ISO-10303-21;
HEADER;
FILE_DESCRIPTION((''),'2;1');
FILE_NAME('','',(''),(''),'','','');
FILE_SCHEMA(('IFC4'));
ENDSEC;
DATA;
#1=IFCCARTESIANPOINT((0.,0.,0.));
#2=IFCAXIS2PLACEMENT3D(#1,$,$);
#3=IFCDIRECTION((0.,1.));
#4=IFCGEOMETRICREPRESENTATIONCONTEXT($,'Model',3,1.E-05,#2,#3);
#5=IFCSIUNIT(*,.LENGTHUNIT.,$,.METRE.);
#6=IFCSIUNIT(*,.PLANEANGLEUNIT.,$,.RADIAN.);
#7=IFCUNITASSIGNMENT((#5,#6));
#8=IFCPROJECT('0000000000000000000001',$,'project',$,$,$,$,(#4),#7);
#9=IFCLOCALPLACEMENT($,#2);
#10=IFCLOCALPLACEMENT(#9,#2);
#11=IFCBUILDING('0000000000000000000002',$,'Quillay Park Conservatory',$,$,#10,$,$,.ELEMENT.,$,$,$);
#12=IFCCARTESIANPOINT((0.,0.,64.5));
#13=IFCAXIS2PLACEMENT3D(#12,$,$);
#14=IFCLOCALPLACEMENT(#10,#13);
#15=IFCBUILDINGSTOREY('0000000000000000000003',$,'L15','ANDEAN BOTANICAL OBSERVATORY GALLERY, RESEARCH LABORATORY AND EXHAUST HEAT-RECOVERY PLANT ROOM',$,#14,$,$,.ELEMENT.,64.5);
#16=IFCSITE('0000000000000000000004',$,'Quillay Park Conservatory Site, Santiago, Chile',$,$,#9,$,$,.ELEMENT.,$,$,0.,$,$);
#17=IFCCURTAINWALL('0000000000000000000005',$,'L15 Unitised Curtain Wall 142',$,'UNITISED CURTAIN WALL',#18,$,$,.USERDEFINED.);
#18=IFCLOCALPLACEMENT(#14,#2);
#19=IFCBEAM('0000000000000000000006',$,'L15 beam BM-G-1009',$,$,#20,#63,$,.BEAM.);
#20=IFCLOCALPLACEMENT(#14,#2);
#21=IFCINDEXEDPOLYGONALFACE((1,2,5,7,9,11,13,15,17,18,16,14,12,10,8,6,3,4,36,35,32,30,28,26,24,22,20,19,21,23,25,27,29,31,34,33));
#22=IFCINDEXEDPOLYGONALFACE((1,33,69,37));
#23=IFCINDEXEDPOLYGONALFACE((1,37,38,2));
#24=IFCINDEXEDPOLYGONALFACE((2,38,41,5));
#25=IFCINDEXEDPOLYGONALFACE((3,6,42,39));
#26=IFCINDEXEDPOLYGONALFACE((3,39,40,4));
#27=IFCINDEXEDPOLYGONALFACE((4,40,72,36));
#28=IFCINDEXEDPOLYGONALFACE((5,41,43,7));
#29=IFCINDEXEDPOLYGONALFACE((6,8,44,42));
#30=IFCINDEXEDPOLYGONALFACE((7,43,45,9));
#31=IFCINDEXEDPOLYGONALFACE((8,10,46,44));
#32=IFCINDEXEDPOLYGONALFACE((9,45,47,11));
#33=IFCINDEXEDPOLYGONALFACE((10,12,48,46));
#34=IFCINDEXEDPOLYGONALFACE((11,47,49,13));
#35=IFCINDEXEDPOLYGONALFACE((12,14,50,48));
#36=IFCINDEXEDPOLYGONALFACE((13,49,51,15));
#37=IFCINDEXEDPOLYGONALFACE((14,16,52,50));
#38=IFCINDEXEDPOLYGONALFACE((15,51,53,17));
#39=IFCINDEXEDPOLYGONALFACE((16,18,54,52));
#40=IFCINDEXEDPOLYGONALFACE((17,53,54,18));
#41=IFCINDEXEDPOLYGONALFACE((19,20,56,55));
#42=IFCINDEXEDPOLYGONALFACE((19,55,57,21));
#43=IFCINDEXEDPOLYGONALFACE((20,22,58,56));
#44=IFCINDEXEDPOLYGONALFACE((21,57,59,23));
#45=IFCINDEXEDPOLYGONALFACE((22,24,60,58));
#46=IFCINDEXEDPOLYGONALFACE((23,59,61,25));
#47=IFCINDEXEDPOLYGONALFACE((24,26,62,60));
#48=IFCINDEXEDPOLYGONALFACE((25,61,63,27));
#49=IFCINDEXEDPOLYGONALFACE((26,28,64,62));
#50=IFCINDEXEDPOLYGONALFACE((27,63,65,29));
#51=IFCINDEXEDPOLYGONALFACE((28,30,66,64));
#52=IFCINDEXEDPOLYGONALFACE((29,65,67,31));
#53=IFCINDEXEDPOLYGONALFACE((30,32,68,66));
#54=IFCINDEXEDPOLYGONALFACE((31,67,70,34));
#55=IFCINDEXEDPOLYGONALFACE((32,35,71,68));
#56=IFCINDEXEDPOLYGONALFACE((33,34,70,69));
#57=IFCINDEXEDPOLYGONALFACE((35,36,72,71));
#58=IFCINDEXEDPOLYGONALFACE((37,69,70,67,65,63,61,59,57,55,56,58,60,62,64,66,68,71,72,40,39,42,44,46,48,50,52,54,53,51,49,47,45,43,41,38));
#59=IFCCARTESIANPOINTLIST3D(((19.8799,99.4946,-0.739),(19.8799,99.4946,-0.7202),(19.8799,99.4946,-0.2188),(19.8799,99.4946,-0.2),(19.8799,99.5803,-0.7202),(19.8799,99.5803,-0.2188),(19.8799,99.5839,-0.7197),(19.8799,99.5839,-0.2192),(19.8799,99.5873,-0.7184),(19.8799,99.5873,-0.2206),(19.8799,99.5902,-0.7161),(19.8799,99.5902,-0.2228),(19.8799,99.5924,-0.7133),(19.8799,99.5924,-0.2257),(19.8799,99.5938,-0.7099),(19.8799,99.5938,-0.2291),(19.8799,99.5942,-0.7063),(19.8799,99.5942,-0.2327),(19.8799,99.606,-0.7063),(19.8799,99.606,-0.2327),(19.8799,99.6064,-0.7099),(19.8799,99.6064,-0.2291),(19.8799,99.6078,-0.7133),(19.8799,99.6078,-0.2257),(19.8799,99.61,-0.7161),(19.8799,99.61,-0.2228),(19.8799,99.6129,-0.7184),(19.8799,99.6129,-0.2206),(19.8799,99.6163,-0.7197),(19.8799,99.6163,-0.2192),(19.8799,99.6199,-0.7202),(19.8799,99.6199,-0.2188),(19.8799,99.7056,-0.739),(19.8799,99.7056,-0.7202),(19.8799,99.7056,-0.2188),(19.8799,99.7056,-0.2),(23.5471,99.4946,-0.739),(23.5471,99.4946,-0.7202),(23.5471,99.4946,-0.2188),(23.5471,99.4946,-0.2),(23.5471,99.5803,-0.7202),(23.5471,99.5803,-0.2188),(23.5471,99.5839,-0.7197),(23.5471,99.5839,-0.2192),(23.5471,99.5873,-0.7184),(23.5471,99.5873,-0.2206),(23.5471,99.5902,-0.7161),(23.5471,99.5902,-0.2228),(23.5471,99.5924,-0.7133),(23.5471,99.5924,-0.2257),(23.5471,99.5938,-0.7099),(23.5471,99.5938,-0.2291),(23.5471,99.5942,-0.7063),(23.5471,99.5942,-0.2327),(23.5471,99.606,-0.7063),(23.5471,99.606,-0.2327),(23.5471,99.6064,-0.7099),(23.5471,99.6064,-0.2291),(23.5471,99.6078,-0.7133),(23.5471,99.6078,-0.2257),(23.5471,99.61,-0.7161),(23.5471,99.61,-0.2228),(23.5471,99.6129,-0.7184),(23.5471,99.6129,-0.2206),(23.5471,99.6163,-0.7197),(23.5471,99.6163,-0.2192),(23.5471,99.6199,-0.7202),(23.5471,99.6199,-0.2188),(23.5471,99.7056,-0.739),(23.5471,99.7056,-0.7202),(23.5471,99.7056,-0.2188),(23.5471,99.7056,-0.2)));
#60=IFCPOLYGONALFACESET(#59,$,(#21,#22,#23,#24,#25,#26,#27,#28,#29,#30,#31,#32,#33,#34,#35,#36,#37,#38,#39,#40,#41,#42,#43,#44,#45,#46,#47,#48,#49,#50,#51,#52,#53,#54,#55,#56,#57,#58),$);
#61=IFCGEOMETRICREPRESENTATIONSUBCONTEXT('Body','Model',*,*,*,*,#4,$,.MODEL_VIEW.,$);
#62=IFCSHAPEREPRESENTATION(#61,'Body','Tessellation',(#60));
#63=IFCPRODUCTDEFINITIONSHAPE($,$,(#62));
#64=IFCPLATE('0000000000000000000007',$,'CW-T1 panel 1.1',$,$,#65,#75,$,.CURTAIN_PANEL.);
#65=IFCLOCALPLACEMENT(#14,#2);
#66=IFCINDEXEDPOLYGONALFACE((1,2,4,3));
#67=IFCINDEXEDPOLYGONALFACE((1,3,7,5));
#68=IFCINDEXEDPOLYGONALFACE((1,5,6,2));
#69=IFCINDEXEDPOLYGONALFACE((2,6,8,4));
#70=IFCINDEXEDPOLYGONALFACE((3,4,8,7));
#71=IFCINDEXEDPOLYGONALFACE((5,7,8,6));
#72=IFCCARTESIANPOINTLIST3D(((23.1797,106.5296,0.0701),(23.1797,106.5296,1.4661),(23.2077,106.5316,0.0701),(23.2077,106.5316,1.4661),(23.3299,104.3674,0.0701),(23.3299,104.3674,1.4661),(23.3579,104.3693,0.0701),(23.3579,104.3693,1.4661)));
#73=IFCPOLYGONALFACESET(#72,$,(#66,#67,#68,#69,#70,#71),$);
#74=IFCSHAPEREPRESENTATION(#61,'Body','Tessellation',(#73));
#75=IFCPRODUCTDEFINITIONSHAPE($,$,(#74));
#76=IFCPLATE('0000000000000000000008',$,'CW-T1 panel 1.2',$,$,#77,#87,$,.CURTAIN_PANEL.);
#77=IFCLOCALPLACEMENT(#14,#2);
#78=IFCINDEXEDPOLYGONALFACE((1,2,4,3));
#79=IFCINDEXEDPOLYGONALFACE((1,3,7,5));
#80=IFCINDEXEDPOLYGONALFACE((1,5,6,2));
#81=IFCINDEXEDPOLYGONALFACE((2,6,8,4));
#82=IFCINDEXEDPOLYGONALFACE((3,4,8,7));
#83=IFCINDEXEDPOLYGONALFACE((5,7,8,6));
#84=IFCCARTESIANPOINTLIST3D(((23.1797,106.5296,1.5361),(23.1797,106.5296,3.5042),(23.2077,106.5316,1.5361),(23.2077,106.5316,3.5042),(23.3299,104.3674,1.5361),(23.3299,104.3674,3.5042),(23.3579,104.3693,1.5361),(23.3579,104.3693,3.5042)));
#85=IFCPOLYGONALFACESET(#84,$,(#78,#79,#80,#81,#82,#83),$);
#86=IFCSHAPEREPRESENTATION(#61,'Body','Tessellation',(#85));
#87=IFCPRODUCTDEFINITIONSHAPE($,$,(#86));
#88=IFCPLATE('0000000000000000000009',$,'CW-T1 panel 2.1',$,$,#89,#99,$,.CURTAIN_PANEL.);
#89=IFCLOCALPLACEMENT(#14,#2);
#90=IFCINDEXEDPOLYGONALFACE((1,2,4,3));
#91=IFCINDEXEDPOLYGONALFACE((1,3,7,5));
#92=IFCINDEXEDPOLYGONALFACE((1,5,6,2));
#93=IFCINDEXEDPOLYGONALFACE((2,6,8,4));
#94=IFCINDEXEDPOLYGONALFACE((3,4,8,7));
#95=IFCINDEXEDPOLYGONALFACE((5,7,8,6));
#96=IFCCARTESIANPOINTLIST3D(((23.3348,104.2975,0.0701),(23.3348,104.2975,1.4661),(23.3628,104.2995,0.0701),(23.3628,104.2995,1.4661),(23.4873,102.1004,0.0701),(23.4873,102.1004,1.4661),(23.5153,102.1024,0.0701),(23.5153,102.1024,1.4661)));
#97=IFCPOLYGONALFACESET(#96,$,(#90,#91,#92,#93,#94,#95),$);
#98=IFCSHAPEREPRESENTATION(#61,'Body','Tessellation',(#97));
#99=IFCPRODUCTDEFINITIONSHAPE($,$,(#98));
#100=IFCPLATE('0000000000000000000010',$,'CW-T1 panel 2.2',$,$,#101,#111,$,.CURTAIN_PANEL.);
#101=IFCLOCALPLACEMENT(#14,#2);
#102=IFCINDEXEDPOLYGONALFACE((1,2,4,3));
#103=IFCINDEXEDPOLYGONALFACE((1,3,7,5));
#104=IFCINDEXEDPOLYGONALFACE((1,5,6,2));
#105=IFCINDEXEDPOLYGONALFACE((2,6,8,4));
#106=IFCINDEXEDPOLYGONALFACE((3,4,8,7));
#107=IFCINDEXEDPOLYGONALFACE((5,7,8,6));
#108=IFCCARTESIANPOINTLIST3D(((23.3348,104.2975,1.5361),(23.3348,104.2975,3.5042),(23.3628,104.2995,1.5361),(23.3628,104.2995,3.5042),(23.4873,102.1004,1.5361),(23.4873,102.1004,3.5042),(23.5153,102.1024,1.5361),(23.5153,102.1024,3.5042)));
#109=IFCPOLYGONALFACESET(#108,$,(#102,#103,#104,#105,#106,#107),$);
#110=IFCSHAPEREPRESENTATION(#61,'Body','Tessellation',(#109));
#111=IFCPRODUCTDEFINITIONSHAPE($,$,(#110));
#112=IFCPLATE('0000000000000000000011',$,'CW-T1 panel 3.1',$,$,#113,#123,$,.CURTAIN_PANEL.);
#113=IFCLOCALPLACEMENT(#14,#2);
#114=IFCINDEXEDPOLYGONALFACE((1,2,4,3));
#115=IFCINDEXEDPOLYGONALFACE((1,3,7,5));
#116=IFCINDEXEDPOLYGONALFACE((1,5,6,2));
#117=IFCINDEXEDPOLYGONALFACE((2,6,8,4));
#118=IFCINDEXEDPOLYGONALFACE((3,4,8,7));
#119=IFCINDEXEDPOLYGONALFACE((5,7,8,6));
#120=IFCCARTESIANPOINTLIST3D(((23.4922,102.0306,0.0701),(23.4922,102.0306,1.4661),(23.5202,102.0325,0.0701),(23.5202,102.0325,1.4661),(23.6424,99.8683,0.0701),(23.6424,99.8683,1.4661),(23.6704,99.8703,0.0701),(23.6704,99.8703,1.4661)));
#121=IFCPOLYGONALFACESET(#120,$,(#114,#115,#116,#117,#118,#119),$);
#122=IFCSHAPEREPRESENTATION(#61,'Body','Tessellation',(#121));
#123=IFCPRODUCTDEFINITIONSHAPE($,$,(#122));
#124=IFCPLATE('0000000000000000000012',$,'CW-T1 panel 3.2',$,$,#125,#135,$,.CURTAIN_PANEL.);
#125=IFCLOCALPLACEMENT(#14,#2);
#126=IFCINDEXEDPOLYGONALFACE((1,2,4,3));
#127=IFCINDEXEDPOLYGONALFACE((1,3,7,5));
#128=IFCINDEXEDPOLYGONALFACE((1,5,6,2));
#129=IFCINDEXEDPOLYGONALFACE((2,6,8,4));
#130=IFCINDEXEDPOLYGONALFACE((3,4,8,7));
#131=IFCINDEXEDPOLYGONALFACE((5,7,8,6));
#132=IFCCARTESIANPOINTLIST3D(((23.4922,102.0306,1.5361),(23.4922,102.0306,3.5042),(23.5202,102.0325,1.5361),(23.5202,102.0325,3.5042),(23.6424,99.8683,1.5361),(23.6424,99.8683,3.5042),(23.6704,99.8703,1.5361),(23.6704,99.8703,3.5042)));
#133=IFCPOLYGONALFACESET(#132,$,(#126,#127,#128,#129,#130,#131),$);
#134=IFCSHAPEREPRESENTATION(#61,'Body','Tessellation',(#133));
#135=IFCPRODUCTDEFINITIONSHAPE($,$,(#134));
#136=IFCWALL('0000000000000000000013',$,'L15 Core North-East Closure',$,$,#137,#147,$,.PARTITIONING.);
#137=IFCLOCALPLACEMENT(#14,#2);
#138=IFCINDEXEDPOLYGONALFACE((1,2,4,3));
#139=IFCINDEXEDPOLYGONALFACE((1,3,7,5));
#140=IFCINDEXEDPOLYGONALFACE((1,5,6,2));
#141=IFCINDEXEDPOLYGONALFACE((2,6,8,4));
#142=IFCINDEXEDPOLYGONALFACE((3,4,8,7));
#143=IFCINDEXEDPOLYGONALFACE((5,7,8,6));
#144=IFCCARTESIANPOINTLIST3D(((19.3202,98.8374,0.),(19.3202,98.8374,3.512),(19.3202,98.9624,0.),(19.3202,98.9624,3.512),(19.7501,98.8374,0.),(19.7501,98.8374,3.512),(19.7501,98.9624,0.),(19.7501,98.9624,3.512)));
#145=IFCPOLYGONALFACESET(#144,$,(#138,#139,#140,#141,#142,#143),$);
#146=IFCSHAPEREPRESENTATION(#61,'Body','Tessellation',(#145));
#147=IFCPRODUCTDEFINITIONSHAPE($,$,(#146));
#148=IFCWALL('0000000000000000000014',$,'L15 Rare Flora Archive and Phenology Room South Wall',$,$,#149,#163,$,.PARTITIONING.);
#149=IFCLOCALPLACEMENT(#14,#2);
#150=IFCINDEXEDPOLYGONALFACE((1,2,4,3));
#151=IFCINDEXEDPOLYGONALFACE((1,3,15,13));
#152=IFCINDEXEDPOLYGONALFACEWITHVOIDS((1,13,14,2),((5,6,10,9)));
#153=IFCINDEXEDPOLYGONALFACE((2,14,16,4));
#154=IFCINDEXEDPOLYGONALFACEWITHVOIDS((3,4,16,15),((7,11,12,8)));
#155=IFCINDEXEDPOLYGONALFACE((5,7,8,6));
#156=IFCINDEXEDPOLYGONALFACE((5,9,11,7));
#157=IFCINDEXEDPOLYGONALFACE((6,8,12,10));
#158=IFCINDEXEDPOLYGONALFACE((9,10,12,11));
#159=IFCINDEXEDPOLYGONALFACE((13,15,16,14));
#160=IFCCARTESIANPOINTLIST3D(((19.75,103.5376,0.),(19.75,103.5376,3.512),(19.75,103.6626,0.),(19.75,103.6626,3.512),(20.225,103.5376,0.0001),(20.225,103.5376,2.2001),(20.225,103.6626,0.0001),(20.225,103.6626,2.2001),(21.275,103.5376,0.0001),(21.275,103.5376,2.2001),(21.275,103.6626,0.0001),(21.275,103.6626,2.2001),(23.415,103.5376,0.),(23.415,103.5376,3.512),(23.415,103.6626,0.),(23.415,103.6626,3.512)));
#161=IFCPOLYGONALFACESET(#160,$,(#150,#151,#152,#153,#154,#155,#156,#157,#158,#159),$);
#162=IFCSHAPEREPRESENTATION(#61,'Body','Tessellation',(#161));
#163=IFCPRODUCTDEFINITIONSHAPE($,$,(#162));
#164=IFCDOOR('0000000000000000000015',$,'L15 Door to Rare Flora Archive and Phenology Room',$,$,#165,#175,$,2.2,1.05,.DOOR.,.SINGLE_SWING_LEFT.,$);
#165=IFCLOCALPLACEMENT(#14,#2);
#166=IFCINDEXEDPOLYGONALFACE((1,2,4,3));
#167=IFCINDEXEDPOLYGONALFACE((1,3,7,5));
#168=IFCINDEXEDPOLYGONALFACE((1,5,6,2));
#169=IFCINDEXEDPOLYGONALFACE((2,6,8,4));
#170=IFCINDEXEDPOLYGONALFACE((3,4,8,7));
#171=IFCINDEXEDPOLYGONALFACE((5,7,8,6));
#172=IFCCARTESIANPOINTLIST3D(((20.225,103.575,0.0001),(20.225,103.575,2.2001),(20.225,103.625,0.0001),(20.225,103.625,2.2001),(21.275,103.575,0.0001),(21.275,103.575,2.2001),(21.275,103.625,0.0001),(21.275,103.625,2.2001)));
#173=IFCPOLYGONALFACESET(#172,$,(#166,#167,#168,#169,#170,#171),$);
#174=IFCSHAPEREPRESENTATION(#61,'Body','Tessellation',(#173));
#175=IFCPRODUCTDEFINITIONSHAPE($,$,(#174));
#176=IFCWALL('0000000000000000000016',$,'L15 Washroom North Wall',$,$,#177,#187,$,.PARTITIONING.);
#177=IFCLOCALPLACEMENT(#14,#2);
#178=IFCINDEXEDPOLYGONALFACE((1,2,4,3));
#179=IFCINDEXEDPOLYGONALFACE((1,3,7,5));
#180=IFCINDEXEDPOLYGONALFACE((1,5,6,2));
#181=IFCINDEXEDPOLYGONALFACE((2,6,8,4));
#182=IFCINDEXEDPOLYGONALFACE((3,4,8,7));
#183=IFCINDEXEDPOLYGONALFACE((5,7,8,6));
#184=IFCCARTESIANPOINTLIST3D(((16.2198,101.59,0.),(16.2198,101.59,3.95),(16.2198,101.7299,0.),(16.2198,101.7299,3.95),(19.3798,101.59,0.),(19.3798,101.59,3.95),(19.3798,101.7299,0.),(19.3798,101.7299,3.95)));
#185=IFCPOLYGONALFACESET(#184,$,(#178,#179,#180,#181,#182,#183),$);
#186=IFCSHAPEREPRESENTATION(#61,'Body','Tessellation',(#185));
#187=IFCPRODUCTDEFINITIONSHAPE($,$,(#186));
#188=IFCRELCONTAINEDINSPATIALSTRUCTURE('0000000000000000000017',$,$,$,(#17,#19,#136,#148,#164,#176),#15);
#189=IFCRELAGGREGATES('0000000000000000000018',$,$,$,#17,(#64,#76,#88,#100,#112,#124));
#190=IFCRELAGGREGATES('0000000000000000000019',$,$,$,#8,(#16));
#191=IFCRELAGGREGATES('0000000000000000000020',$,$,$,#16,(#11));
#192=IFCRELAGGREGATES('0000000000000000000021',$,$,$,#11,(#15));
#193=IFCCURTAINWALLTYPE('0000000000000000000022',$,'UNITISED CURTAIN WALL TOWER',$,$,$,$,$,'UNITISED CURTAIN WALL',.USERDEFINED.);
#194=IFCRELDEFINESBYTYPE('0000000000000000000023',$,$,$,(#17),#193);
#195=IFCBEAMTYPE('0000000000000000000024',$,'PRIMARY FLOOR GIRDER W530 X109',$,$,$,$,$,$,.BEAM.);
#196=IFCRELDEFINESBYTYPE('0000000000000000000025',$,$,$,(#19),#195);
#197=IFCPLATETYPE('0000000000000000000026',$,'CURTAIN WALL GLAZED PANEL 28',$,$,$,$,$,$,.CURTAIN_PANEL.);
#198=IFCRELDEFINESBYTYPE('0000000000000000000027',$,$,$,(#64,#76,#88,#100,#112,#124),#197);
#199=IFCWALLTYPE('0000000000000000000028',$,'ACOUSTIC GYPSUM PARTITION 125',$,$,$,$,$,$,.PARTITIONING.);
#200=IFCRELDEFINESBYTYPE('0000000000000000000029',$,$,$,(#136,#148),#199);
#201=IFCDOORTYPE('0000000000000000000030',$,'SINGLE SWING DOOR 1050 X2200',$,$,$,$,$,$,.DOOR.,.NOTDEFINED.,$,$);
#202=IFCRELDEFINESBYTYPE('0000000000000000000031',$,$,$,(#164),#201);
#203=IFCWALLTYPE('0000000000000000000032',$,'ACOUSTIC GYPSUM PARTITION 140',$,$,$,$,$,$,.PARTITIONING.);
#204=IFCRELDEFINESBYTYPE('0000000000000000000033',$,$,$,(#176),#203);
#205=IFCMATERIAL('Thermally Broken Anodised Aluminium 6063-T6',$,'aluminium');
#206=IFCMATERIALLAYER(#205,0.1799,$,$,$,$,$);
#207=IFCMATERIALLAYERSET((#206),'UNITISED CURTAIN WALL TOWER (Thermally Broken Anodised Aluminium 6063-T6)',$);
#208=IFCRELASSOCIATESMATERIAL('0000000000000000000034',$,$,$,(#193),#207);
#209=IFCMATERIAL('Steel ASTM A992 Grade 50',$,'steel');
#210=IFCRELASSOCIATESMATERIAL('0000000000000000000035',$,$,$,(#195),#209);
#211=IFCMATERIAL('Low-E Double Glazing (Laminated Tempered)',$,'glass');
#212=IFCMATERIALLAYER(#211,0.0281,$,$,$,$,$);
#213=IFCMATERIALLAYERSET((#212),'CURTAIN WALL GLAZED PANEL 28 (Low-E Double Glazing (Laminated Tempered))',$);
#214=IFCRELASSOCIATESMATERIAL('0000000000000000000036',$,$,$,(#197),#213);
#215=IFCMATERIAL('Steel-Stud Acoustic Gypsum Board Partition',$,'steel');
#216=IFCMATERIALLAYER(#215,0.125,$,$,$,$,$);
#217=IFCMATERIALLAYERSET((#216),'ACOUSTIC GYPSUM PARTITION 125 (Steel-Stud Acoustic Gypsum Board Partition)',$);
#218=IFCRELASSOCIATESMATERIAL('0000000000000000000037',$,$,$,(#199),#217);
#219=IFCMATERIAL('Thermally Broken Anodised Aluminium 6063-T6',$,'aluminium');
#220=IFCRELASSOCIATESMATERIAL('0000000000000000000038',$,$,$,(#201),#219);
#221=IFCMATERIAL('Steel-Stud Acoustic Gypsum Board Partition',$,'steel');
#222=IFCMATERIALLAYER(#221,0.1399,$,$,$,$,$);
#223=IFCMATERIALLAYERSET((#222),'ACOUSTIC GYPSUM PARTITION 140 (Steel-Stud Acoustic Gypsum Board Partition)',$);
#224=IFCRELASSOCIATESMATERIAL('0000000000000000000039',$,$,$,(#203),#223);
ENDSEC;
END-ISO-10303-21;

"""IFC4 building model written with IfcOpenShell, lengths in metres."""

from ifc_helpers import new_model, si_unit, direction, frame, frame_2d, origin, origin_2d, place, context, subcontext, project, spatial, rectangle, i_section, extrude, material, layer, layer_set, material_profile, profile_set, type_object, element, fill, aggregate, save


model = new_model("IFC4")

# Units and contexts
model_context = context("Model", 3, precision=1e-05, world=origin(), true_north=direction((0.0, 1.0)))
body_context = subcontext(model_context, "Body", "Model", "MODEL_VIEW")
ifc_project = project(units=[si_unit("LENGTHUNIT", "METRE"), si_unit("PLANEANGLEUNIT", "RADIAN")], contexts=[model_context])

# Site, building, storey
site_placement = place(None, origin())
site = spatial("IfcSite", under=ifc_project, at=site_placement, Name="Quillay Park Conservatory Site, Santiago, Chile", CompositionType="ELEMENT", RefElevation=0.0)
building_placement = place(site_placement, origin())
building = spatial("IfcBuilding", under=site, at=building_placement, Name="Quillay Park Conservatory", CompositionType="ELEMENT")
storey_placement = place(building_placement, frame((0.0, 0.0, 64.5)))
storey = spatial("IfcBuildingStorey", under=building, at=storey_placement, Name="L15", Description="ANDEAN BOTANICAL OBSERVATORY GALLERY, RESEARCH LABORATORY AND EXHAUST HEAT-RECOVERY PLANT ROOM", CompositionType="ELEMENT", Elevation=64.5)

# Shared definitions
ifc_material_1 = material(Name="Thermally Broken Anodised Aluminium 6063-T6", Category="aluminium")
ifc_layer_1 = layer(ifc_material_1, 0.1799)
ifc_layer_set_1 = layer_set([ifc_layer_1], Name="UNITISED CURTAIN WALL TOWER (Thermally Broken Anodised Aluminium 6063-T6)")
curtain_wall_type = type_object("IfcCurtainWallType", Name="UNITISED CURTAIN WALL TOWER", ElementType="UNITISED CURTAIN WALL", PredefinedType="USERDEFINED", material=ifc_layer_set_1)

# Curtain wall
curtain_wall_1_placement = place(storey_placement, origin())
curtain_wall_1 = element("IfcCurtainWall", 1, at=curtain_wall_1_placement, inside=storey, type_object=curtain_wall_type, Name="L15 Unitised Curtain Wall 142", ObjectType="UNITISED CURTAIN WALL", PredefinedType="USERDEFINED")

# Beam
ifc_material_2 = material(Name="Steel ASTM A992 Grade 50", Category="steel")
ifc_material_profile_1 = material_profile(ifc_material_2, i_section(OverallWidth=0.2109, OverallDepth=0.5391, WebThickness=0.0117, FlangeThickness=0.0188, FilletRadius=0.0139, at=origin_2d()), Name="W530x109")
ifc_profile_set_1 = profile_set([ifc_material_profile_1], Name="Steel ASTM A992 Grade 50")
beam_type_1 = type_object("IfcBeamType", Name="PRIMARY FLOOR GIRDER W530 X109", PredefinedType="BEAM", material=ifc_profile_set_1)
beam_1_placement = place(storey_placement, frame((19.8799, 99.6001, -0.4695), z_axis=(1.0, 0.0, 0.0), x_axis=(0.0, 1.0, 0.0)))
element("IfcBeam", 2, at=beam_1_placement, inside=storey, type_object=beam_type_1, Name="L15 beam BM-G-1009", PredefinedType="BEAM", context=body_context, shape_type="SweptSolid", body=[
    extrude(i_section(OverallWidth=0.2109, OverallDepth=0.5391, WebThickness=0.0117, FlangeThickness=0.0188, FilletRadius=0.0139, at=origin_2d()), origin(), (0.0, 0.0, 1.0), 3.6672),
])

# Plates
ifc_material_3 = material(Name="Low-E Double Glazing (Laminated Tempered)", Category="glass")
ifc_layer_2 = layer(ifc_material_3, 0.0281)
ifc_layer_set_2 = layer_set([ifc_layer_2], Name="CURTAIN WALL GLAZED PANEL 28 (Low-E Double Glazing (Laminated Tempered))")
plate_type = type_object("IfcPlateType", Name="CURTAIN WALL GLAZED PANEL 28", PredefinedType="CURTAIN_PANEL", material=ifc_layer_set_2)
plate_1_placement = place(storey_placement, frame((23.2688, 105.4495, 0.0701), z_axis=(0.0, 0.0, 1.0), x_axis=(0.069264, -0.997598, 0.0)))
plate_1 = element("IfcPlate", 3, at=plate_1_placement, type_object=plate_type, Name="CW-T1 panel 1.1", PredefinedType="CURTAIN_PANEL", context=body_context, shape_type="SweptSolid", body=[
    extrude(rectangle(XDim=2.1675, YDim=0.0281, at=origin_2d()), origin(), (0.0, 0.0, 1.0), 1.396),
])
plate_2_placement = place(storey_placement, frame((23.2688, 105.4495, 1.5361), z_axis=(0.0, 0.0, 1.0), x_axis=(0.069264, -0.997598, 0.0)))
plate_2 = element("IfcPlate", 4, at=plate_2_placement, type_object=plate_type, Name="CW-T1 panel 1.2", PredefinedType="CURTAIN_PANEL", context=body_context, shape_type="SweptSolid", body=[
    extrude(rectangle(XDim=2.1675, YDim=0.0281, at=origin_2d()), origin(), (0.0, 0.0, 1.0), 1.968),
])
plate_3_placement = place(storey_placement, frame((23.425, 103.2, 0.0701), z_axis=(0.0, 0.0, 1.0), x_axis=(0.069264, -0.997598, 0.0)))
plate_3 = element("IfcPlate", 5, at=plate_3_placement, type_object=plate_type, Name="CW-T1 panel 2.1", PredefinedType="CURTAIN_PANEL", context=body_context, shape_type="SweptSolid", body=[
    extrude(rectangle(XDim=2.2024, YDim=0.0281, at=origin_2d()), origin(), (0.0, 0.0, 1.0), 1.396),
])
plate_4_placement = place(storey_placement, frame((23.425, 103.2, 1.5361), z_axis=(0.0, 0.0, 1.0), x_axis=(0.069264, -0.997598, 0.0)))
plate_4 = element("IfcPlate", 6, at=plate_4_placement, type_object=plate_type, Name="CW-T1 panel 2.2", PredefinedType="CURTAIN_PANEL", context=body_context, shape_type="SweptSolid", body=[
    extrude(rectangle(XDim=2.2024, YDim=0.0281, at=origin_2d()), origin(), (0.0, 0.0, 1.0), 1.968),
])
plate_5_placement = place(storey_placement, frame((23.5813, 100.9504, 0.0701), z_axis=(0.0, 0.0, 1.0), x_axis=(0.069264, -0.997598, 0.0)))
plate_5 = element("IfcPlate", 7, at=plate_5_placement, type_object=plate_type, Name="CW-T1 panel 3.1", PredefinedType="CURTAIN_PANEL", context=body_context, shape_type="SweptSolid", body=[
    extrude(rectangle(XDim=2.1675, YDim=0.0281, at=origin_2d()), origin(), (0.0, 0.0, 1.0), 1.396),
])
plate_6_placement = place(storey_placement, frame((23.5813, 100.9504, 1.5361), z_axis=(0.0, 0.0, 1.0), x_axis=(0.069264, -0.997598, 0.0)))
plate_6 = element("IfcPlate", 8, at=plate_6_placement, type_object=plate_type, Name="CW-T1 panel 3.2", PredefinedType="CURTAIN_PANEL", context=body_context, shape_type="SweptSolid", body=[
    extrude(rectangle(XDim=2.1675, YDim=0.0281, at=origin_2d()), origin(), (0.0, 0.0, 1.0), 1.968),
])
aggregate(curtain_wall_1, [plate_1, plate_2, plate_3, plate_4, plate_5, plate_6])

# Wall
ifc_material_4 = material(Name="Steel-Stud Acoustic Gypsum Board Partition", Category="steel")
ifc_layer_3 = layer(ifc_material_4, 0.125)
ifc_layer_set_3 = layer_set([ifc_layer_3], Name="ACOUSTIC GYPSUM PARTITION 125 (Steel-Stud Acoustic Gypsum Board Partition)")
wall_type_1 = type_object("IfcWallType", Name="ACOUSTIC GYPSUM PARTITION 125", PredefinedType="PARTITIONING", material=ifc_layer_set_3)
wall_1_placement = place(storey_placement, frame((19.75, 98.8999, 0.0), z_axis=(0.0, 0.0, 1.0), x_axis=(-1.0, 0.0, 0.0)))
element("IfcWall", 9, at=wall_1_placement, inside=storey, type_object=wall_type_1, Name="L15 Core North-East Closure", PredefinedType="PARTITIONING", context=body_context, shape_type="SweptSolid", body=[
    extrude(rectangle(XDim=0.4299, YDim=0.125, at=frame_2d((0.2148, 0.0))), origin(), (0.0, 0.0, 1.0), 3.512),
])

# Wall, opening, door
wall_2_placement = place(storey_placement, frame((19.75, 103.6001, 0.0), z_axis=(0.0, 0.0, 1.0), x_axis=(1.0, 0.0, 0.0)))
wall_2 = element("IfcWall", 10, at=wall_2_placement, inside=storey, type_object=wall_type_1, Name="L15 Rare Flora Archive and Phenology Room South Wall", PredefinedType="PARTITIONING", context=body_context, shape_type="SweptSolid", body=[
    extrude(rectangle(XDim=3.665, YDim=0.125, at=frame_2d((1.8325, 0.0))), origin(), (0.0, 0.0, 1.0), 3.512),
])
opening_1_placement = place(wall_2_placement, frame((0.4751, 0.0, 0.0)))
opening_1 = element("IfcOpeningElement", 11, at=opening_1_placement, cuts=wall_2, PredefinedType="OPENING", context=body_context, shape_type="SweptSolid", body=[
    extrude(rectangle(XDim=1.05, YDim=2.2, at=frame_2d((0.5249, 1.1001))), frame((0.0, 0.0625, 0.0), z_axis=(0.0, -1.0, 0.0), x_axis=(1.0, 0.0, 0.0)), (0.0, 0.0, 1.0), 0.125),
])
ifc_material_5 = material(Name="Thermally Broken Anodised Aluminium 6063-T6", Category="aluminium")
door_type_1 = type_object("IfcDoorType", Name="SINGLE SWING DOOR 1050 X2200", OperationType="NOTDEFINED", PredefinedType="DOOR", material=ifc_material_5)
door_1_placement = place(opening_1_placement, origin())
door_1 = element("IfcDoor", 12, at=door_1_placement, inside=storey, type_object=door_type_1, Name="L15 Door to Rare Flora Archive and Phenology Room", OperationType="SINGLE_SWING_LEFT", OverallHeight=2.2, OverallWidth=1.05, PredefinedType="DOOR", context=body_context, shape_type="SweptSolid", body=[
    extrude(rectangle(XDim=1.05, YDim=2.2, at=frame_2d((0.5249, 1.1001))), frame((0.0, 0.0249, 0.0), z_axis=(0.0, -1.0, 0.0), x_axis=(1.0, 0.0, 0.0)), (0.0, 0.0, 1.0), 0.05),
])
fill(opening_1, door_1)

# Wall
ifc_material_6 = material(Name="Steel-Stud Acoustic Gypsum Board Partition", Category="steel")
ifc_layer_4 = layer(ifc_material_6, 0.1399)
ifc_layer_set_4 = layer_set([ifc_layer_4], Name="ACOUSTIC GYPSUM PARTITION 140 (Steel-Stud Acoustic Gypsum Board Partition)")
wall_type_2 = type_object("IfcWallType", Name="ACOUSTIC GYPSUM PARTITION 140", PredefinedType="PARTITIONING", material=ifc_layer_set_4)
wall_3_placement = place(storey_placement, frame((19.3799, 101.6599, 0.0), z_axis=(0.0, 0.0, 1.0), x_axis=(-1.0, 0.0, 0.0)))
element("IfcWall", 13, at=wall_3_placement, inside=storey, type_object=wall_type_2, Name="L15 Washroom North Wall", PredefinedType="PARTITIONING", context=body_context, shape_type="SweptSolid", body=[
    extrude(rectangle(XDim=3.1599, YDim=0.1399, at=frame_2d((1.5801, 0.0))), origin(), (0.0, 0.0, 1.0), 3.95),
])

save(model, "model.ifc")
